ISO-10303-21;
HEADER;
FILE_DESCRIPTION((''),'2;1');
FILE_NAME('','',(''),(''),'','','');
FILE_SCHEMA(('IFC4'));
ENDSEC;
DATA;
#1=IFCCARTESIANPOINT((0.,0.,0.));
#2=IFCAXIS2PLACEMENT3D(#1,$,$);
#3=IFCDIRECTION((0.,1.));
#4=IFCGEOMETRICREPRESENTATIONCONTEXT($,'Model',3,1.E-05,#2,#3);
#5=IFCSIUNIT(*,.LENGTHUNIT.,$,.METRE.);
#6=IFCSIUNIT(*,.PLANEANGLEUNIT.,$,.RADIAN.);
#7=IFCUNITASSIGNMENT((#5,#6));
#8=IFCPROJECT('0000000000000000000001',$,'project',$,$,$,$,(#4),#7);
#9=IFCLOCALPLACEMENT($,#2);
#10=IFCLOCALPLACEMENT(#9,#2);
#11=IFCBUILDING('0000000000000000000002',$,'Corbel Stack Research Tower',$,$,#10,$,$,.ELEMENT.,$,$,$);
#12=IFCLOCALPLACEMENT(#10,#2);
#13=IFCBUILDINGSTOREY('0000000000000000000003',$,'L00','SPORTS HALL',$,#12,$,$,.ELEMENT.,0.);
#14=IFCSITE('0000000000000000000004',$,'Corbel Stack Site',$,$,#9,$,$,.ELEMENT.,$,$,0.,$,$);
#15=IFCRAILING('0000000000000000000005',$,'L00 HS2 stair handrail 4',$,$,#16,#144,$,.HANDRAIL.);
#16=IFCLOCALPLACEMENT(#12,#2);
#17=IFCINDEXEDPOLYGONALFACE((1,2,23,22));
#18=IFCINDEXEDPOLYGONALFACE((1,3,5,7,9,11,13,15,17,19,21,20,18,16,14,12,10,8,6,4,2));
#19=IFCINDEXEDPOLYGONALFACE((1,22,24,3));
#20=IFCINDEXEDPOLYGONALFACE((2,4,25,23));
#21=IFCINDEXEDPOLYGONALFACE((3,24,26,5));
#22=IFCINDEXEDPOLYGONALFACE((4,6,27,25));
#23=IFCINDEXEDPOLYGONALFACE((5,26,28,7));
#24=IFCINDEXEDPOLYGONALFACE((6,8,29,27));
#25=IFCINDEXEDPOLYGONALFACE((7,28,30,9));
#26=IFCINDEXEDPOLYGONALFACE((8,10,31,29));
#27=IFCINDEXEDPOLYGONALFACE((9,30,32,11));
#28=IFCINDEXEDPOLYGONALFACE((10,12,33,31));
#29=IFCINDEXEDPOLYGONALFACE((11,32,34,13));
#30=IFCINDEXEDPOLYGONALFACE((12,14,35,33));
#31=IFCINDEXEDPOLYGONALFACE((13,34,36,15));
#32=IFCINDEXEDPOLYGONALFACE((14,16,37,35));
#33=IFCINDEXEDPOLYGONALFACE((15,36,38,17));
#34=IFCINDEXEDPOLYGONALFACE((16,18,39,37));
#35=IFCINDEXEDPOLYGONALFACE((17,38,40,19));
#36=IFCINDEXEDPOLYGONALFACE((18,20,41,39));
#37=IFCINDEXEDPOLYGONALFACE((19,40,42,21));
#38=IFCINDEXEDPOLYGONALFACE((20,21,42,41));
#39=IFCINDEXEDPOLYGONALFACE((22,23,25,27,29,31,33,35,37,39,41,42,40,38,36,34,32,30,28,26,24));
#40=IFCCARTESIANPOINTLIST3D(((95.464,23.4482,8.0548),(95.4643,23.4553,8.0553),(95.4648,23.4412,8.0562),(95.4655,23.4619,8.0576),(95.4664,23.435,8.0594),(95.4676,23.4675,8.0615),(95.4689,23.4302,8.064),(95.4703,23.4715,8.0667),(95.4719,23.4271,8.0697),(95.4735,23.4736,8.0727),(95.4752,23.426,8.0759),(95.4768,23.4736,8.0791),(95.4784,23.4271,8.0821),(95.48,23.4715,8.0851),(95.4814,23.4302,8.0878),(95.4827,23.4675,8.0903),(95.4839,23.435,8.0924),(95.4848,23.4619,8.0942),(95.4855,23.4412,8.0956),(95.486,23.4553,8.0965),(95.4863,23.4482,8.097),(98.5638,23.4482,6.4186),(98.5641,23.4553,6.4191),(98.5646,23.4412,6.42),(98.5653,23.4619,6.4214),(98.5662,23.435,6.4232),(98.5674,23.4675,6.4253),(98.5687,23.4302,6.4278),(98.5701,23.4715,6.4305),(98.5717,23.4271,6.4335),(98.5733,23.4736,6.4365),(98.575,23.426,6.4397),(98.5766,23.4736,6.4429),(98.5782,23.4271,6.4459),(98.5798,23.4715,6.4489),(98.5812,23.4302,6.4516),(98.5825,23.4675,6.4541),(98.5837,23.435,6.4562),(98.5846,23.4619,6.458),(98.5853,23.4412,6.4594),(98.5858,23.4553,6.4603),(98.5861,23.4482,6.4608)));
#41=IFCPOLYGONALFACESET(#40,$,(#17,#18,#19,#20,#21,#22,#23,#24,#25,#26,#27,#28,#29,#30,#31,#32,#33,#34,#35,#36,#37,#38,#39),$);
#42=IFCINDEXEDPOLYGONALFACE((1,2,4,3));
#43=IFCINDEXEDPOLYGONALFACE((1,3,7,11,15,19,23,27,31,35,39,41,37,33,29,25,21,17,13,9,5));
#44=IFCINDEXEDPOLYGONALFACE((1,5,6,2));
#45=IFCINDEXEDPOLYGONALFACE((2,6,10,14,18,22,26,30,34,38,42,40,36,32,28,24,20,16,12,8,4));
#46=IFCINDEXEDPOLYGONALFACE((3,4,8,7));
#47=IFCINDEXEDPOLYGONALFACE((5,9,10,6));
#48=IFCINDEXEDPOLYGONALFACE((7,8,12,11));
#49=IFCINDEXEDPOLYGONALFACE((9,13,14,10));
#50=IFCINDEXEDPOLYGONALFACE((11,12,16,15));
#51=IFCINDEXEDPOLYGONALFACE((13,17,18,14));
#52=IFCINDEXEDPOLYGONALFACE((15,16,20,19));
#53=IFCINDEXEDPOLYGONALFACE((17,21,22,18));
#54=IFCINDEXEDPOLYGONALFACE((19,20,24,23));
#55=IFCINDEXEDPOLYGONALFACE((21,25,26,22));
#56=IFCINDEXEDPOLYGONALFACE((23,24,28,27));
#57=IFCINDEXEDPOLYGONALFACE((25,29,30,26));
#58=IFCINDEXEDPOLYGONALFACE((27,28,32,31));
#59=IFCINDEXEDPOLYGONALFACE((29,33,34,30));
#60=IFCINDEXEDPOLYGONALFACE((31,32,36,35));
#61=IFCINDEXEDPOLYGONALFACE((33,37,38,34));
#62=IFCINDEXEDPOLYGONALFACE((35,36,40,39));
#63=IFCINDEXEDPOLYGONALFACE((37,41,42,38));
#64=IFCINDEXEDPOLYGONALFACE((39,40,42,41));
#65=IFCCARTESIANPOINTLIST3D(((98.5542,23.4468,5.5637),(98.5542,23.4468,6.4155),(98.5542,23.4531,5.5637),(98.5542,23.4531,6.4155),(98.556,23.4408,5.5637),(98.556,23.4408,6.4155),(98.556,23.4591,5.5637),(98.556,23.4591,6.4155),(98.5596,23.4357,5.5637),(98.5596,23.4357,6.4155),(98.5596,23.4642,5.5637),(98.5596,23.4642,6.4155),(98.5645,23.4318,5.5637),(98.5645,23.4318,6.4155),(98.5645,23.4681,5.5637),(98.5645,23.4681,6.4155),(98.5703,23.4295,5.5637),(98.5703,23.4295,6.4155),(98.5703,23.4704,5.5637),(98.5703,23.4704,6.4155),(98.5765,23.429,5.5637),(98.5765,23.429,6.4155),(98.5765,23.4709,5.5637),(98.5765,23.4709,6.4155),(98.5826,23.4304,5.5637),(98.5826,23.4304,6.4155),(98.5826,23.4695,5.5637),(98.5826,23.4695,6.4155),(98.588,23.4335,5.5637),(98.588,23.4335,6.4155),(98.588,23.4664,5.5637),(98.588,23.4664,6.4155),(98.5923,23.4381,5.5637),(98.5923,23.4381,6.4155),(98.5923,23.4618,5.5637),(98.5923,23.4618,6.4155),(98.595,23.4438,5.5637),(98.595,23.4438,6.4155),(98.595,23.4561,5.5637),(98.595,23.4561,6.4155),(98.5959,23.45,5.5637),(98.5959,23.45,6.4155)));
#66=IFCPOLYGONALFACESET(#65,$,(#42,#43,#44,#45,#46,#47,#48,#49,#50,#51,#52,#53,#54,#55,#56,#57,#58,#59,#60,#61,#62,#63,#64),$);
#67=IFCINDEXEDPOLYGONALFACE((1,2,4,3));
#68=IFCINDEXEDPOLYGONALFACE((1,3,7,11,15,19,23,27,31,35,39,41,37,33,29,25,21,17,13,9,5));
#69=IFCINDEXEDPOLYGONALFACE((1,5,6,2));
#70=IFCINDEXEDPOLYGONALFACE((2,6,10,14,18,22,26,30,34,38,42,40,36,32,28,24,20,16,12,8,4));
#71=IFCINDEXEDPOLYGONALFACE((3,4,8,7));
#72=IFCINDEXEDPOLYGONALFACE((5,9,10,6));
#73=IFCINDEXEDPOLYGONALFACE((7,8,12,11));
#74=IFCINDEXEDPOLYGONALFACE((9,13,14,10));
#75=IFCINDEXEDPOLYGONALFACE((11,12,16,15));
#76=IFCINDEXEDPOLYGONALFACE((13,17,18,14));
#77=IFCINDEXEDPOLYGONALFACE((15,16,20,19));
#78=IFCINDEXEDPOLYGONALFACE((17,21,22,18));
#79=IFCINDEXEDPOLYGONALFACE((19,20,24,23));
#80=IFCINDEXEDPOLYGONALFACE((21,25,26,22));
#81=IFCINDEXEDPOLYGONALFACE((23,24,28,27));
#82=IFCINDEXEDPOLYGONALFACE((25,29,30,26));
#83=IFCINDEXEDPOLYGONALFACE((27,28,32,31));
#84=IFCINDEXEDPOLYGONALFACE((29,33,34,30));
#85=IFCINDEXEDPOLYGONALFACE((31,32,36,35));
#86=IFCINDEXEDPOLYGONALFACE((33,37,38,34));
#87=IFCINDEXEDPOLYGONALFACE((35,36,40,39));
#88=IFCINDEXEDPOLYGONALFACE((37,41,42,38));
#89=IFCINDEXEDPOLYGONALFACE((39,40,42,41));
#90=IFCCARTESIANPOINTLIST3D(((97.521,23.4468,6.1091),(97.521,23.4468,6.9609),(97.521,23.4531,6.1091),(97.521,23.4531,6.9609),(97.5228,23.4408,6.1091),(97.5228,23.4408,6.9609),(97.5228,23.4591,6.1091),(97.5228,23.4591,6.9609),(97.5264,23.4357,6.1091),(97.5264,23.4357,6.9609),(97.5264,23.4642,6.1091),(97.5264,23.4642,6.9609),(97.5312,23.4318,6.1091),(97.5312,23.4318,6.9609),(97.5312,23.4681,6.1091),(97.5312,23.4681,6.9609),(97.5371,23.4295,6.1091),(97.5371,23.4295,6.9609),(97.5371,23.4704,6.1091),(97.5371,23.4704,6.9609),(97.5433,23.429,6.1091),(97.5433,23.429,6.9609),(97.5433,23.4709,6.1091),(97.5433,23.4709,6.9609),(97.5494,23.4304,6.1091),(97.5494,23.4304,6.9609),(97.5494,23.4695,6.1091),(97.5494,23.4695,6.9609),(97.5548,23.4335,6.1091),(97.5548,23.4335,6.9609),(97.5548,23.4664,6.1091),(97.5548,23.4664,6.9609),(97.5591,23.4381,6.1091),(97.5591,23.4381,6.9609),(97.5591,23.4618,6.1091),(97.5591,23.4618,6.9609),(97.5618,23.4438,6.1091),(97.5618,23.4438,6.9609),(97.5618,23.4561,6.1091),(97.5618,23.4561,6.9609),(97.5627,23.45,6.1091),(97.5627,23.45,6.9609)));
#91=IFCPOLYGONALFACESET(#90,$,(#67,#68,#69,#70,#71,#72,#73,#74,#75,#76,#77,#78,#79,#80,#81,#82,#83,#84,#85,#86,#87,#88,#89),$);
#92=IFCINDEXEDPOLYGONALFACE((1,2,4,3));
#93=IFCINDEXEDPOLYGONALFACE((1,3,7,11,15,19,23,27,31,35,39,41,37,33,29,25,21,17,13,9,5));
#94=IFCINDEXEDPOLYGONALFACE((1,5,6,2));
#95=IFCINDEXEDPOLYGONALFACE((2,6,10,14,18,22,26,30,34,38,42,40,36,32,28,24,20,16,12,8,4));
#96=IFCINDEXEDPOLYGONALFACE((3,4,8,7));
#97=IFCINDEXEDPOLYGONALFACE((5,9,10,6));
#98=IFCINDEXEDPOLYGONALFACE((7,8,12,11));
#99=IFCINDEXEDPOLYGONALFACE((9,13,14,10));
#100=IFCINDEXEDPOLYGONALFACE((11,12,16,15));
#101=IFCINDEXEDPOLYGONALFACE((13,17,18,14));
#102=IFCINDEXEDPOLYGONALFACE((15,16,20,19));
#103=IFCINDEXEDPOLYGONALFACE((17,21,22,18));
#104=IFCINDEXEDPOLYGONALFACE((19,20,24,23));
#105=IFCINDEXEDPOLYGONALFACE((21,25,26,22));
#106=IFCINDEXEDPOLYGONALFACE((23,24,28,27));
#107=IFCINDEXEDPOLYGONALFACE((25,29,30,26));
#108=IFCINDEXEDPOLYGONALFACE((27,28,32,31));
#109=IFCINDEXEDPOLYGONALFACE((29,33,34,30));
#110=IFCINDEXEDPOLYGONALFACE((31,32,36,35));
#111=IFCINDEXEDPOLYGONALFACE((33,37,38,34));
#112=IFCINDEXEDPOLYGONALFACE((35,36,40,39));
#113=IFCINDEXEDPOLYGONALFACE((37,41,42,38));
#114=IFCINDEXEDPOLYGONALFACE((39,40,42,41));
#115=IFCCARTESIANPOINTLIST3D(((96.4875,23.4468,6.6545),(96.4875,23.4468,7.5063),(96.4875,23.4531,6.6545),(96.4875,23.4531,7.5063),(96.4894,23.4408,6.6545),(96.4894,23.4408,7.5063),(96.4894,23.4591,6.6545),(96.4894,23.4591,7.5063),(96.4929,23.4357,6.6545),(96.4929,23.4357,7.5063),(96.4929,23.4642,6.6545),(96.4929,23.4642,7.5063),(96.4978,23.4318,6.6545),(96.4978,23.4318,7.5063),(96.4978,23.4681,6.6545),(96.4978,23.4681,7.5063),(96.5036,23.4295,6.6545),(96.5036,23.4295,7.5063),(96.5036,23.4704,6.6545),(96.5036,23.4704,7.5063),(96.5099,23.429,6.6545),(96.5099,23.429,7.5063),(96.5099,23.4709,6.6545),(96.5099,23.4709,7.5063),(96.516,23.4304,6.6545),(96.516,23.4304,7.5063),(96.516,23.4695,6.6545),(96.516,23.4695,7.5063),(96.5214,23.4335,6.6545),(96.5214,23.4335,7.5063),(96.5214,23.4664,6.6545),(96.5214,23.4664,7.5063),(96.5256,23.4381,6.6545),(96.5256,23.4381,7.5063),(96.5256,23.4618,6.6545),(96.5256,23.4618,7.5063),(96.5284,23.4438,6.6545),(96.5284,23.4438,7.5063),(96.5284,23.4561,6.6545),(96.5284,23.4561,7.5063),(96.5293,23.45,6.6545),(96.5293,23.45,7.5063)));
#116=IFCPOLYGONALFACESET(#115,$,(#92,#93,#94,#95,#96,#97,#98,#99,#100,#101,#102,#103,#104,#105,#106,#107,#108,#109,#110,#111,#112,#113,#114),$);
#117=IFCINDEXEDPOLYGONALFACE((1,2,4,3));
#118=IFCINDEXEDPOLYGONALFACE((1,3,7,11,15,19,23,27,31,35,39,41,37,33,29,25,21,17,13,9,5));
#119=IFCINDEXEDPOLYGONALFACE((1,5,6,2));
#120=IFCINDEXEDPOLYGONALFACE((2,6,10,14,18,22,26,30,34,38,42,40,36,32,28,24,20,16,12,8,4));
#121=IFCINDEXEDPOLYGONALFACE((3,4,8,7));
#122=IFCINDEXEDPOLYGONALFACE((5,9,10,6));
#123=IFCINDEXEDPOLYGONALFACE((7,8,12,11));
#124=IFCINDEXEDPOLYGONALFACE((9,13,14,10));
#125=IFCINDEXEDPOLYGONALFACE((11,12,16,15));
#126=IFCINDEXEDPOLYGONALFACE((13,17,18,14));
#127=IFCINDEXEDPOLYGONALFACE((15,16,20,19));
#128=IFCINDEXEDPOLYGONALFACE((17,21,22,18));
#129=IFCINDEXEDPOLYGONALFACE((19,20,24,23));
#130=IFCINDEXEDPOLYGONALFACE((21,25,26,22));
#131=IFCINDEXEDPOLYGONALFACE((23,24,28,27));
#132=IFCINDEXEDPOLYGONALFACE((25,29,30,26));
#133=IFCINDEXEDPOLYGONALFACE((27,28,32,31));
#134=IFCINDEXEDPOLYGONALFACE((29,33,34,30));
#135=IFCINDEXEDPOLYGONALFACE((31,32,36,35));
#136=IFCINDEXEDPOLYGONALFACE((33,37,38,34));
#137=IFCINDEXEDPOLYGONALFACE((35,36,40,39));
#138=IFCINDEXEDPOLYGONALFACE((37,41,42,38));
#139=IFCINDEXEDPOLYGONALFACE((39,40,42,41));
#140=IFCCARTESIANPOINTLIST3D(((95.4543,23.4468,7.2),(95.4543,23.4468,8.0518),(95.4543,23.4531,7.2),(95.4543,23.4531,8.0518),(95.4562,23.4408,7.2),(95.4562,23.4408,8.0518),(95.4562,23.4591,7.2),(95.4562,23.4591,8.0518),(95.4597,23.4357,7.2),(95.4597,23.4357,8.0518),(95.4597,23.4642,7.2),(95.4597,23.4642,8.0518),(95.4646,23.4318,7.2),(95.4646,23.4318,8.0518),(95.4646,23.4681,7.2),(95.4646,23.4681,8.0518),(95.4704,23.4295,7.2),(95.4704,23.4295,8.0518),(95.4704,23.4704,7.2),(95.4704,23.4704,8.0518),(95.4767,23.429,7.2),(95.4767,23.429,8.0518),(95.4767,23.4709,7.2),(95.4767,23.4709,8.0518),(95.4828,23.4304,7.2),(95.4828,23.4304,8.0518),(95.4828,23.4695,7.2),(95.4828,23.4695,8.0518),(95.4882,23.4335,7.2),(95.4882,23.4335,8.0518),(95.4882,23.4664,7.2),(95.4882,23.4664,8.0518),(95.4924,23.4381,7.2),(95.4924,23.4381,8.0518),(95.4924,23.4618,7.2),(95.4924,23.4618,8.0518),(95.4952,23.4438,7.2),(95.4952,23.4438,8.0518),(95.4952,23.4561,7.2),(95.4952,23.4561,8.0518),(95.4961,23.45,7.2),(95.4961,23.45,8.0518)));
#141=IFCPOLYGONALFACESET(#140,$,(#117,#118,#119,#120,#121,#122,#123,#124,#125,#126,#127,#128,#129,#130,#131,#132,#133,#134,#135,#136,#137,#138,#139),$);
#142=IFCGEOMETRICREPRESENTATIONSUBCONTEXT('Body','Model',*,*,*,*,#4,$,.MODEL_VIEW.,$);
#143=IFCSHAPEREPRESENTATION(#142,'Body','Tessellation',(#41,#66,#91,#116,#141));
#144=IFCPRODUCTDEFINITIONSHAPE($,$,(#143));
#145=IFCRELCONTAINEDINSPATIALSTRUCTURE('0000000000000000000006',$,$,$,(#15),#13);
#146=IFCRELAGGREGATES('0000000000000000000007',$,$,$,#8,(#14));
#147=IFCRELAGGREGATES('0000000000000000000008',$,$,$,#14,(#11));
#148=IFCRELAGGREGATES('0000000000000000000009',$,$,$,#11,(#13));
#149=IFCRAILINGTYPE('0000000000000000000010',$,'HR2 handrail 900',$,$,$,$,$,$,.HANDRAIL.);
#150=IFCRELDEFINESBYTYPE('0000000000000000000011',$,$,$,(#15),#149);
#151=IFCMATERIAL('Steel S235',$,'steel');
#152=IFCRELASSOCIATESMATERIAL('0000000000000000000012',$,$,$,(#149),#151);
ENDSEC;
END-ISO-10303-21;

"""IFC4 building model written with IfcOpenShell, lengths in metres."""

from ifc_helpers import new_model, si_unit, direction, frame, origin, origin_2d, place, context, subcontext, project, spatial, circle, extrude, material, type_object, element, save


model = new_model("IFC4")

# Units and contexts
model_context = context("Model", 3, precision=1e-05, world=origin(), true_north=direction((0.0, 1.0)))
body_context = subcontext(model_context, "Body", "Model", "MODEL_VIEW")
ifc_project = project(units=[si_unit("LENGTHUNIT", "METRE"), si_unit("PLANEANGLEUNIT", "RADIAN")], contexts=[model_context])

# Site, building, storey
site_placement = place(None, origin())
site = spatial("IfcSite", under=ifc_project, at=site_placement, Name="Corbel Stack Site", CompositionType="ELEMENT", RefElevation=0.0)
building_placement = place(site_placement, origin())
building = spatial("IfcBuilding", under=site, at=building_placement, Name="Corbel Stack Research Tower", CompositionType="ELEMENT")
storey_placement = place(building_placement, origin())
storey = spatial("IfcBuildingStorey", under=building, at=storey_placement, Name="L00", Description="SPORTS HALL", CompositionType="ELEMENT", Elevation=0.0)

# Railing
ifc_material_1 = material(Name="Steel S235", Category="steel")
railing_type_1 = type_object("IfcRailingType", Name="HR2 handrail 900", PredefinedType="HANDRAIL", material=ifc_material_1)
railing_1_placement = place(storey_placement, frame((98.575, 23.45, 5.5637)))
element("IfcRailing", 1, at=railing_1_placement, inside=storey, type_object=railing_type_1, Name="L00 HS2 stair handrail 4", PredefinedType="HANDRAIL", context=body_context, shape_type="SweptSolid", body=[
    extrude(circle(Radius=0.0239, at=origin_2d()), frame((0.0, 0.0, 0.876), z_axis=(-0.884362, 0.0, 0.466803), x_axis=(0.0, -1.0, 0.0)), (0.0, 0.0, 1.0), 3.5051),
    extrude(circle(Radius=0.021, at=origin_2d()), origin(), (0.0, 0.0, 1.0), 0.8518),
    extrude(circle(Radius=0.021, at=origin_2d()), frame((-1.0332, 0.0, 0.5454)), (0.0, 0.0, 1.0), 0.8518),
    extrude(circle(Radius=0.021, at=origin_2d()), frame((-2.0667, 0.0, 1.0908)), (0.0, 0.0, 1.0), 0.8518),
    extrude(circle(Radius=0.021, at=origin_2d()), frame((-3.0999, 0.0, 1.6362)), (0.0, 0.0, 1.0), 0.8518),
])

save(model, "model.ifc")
